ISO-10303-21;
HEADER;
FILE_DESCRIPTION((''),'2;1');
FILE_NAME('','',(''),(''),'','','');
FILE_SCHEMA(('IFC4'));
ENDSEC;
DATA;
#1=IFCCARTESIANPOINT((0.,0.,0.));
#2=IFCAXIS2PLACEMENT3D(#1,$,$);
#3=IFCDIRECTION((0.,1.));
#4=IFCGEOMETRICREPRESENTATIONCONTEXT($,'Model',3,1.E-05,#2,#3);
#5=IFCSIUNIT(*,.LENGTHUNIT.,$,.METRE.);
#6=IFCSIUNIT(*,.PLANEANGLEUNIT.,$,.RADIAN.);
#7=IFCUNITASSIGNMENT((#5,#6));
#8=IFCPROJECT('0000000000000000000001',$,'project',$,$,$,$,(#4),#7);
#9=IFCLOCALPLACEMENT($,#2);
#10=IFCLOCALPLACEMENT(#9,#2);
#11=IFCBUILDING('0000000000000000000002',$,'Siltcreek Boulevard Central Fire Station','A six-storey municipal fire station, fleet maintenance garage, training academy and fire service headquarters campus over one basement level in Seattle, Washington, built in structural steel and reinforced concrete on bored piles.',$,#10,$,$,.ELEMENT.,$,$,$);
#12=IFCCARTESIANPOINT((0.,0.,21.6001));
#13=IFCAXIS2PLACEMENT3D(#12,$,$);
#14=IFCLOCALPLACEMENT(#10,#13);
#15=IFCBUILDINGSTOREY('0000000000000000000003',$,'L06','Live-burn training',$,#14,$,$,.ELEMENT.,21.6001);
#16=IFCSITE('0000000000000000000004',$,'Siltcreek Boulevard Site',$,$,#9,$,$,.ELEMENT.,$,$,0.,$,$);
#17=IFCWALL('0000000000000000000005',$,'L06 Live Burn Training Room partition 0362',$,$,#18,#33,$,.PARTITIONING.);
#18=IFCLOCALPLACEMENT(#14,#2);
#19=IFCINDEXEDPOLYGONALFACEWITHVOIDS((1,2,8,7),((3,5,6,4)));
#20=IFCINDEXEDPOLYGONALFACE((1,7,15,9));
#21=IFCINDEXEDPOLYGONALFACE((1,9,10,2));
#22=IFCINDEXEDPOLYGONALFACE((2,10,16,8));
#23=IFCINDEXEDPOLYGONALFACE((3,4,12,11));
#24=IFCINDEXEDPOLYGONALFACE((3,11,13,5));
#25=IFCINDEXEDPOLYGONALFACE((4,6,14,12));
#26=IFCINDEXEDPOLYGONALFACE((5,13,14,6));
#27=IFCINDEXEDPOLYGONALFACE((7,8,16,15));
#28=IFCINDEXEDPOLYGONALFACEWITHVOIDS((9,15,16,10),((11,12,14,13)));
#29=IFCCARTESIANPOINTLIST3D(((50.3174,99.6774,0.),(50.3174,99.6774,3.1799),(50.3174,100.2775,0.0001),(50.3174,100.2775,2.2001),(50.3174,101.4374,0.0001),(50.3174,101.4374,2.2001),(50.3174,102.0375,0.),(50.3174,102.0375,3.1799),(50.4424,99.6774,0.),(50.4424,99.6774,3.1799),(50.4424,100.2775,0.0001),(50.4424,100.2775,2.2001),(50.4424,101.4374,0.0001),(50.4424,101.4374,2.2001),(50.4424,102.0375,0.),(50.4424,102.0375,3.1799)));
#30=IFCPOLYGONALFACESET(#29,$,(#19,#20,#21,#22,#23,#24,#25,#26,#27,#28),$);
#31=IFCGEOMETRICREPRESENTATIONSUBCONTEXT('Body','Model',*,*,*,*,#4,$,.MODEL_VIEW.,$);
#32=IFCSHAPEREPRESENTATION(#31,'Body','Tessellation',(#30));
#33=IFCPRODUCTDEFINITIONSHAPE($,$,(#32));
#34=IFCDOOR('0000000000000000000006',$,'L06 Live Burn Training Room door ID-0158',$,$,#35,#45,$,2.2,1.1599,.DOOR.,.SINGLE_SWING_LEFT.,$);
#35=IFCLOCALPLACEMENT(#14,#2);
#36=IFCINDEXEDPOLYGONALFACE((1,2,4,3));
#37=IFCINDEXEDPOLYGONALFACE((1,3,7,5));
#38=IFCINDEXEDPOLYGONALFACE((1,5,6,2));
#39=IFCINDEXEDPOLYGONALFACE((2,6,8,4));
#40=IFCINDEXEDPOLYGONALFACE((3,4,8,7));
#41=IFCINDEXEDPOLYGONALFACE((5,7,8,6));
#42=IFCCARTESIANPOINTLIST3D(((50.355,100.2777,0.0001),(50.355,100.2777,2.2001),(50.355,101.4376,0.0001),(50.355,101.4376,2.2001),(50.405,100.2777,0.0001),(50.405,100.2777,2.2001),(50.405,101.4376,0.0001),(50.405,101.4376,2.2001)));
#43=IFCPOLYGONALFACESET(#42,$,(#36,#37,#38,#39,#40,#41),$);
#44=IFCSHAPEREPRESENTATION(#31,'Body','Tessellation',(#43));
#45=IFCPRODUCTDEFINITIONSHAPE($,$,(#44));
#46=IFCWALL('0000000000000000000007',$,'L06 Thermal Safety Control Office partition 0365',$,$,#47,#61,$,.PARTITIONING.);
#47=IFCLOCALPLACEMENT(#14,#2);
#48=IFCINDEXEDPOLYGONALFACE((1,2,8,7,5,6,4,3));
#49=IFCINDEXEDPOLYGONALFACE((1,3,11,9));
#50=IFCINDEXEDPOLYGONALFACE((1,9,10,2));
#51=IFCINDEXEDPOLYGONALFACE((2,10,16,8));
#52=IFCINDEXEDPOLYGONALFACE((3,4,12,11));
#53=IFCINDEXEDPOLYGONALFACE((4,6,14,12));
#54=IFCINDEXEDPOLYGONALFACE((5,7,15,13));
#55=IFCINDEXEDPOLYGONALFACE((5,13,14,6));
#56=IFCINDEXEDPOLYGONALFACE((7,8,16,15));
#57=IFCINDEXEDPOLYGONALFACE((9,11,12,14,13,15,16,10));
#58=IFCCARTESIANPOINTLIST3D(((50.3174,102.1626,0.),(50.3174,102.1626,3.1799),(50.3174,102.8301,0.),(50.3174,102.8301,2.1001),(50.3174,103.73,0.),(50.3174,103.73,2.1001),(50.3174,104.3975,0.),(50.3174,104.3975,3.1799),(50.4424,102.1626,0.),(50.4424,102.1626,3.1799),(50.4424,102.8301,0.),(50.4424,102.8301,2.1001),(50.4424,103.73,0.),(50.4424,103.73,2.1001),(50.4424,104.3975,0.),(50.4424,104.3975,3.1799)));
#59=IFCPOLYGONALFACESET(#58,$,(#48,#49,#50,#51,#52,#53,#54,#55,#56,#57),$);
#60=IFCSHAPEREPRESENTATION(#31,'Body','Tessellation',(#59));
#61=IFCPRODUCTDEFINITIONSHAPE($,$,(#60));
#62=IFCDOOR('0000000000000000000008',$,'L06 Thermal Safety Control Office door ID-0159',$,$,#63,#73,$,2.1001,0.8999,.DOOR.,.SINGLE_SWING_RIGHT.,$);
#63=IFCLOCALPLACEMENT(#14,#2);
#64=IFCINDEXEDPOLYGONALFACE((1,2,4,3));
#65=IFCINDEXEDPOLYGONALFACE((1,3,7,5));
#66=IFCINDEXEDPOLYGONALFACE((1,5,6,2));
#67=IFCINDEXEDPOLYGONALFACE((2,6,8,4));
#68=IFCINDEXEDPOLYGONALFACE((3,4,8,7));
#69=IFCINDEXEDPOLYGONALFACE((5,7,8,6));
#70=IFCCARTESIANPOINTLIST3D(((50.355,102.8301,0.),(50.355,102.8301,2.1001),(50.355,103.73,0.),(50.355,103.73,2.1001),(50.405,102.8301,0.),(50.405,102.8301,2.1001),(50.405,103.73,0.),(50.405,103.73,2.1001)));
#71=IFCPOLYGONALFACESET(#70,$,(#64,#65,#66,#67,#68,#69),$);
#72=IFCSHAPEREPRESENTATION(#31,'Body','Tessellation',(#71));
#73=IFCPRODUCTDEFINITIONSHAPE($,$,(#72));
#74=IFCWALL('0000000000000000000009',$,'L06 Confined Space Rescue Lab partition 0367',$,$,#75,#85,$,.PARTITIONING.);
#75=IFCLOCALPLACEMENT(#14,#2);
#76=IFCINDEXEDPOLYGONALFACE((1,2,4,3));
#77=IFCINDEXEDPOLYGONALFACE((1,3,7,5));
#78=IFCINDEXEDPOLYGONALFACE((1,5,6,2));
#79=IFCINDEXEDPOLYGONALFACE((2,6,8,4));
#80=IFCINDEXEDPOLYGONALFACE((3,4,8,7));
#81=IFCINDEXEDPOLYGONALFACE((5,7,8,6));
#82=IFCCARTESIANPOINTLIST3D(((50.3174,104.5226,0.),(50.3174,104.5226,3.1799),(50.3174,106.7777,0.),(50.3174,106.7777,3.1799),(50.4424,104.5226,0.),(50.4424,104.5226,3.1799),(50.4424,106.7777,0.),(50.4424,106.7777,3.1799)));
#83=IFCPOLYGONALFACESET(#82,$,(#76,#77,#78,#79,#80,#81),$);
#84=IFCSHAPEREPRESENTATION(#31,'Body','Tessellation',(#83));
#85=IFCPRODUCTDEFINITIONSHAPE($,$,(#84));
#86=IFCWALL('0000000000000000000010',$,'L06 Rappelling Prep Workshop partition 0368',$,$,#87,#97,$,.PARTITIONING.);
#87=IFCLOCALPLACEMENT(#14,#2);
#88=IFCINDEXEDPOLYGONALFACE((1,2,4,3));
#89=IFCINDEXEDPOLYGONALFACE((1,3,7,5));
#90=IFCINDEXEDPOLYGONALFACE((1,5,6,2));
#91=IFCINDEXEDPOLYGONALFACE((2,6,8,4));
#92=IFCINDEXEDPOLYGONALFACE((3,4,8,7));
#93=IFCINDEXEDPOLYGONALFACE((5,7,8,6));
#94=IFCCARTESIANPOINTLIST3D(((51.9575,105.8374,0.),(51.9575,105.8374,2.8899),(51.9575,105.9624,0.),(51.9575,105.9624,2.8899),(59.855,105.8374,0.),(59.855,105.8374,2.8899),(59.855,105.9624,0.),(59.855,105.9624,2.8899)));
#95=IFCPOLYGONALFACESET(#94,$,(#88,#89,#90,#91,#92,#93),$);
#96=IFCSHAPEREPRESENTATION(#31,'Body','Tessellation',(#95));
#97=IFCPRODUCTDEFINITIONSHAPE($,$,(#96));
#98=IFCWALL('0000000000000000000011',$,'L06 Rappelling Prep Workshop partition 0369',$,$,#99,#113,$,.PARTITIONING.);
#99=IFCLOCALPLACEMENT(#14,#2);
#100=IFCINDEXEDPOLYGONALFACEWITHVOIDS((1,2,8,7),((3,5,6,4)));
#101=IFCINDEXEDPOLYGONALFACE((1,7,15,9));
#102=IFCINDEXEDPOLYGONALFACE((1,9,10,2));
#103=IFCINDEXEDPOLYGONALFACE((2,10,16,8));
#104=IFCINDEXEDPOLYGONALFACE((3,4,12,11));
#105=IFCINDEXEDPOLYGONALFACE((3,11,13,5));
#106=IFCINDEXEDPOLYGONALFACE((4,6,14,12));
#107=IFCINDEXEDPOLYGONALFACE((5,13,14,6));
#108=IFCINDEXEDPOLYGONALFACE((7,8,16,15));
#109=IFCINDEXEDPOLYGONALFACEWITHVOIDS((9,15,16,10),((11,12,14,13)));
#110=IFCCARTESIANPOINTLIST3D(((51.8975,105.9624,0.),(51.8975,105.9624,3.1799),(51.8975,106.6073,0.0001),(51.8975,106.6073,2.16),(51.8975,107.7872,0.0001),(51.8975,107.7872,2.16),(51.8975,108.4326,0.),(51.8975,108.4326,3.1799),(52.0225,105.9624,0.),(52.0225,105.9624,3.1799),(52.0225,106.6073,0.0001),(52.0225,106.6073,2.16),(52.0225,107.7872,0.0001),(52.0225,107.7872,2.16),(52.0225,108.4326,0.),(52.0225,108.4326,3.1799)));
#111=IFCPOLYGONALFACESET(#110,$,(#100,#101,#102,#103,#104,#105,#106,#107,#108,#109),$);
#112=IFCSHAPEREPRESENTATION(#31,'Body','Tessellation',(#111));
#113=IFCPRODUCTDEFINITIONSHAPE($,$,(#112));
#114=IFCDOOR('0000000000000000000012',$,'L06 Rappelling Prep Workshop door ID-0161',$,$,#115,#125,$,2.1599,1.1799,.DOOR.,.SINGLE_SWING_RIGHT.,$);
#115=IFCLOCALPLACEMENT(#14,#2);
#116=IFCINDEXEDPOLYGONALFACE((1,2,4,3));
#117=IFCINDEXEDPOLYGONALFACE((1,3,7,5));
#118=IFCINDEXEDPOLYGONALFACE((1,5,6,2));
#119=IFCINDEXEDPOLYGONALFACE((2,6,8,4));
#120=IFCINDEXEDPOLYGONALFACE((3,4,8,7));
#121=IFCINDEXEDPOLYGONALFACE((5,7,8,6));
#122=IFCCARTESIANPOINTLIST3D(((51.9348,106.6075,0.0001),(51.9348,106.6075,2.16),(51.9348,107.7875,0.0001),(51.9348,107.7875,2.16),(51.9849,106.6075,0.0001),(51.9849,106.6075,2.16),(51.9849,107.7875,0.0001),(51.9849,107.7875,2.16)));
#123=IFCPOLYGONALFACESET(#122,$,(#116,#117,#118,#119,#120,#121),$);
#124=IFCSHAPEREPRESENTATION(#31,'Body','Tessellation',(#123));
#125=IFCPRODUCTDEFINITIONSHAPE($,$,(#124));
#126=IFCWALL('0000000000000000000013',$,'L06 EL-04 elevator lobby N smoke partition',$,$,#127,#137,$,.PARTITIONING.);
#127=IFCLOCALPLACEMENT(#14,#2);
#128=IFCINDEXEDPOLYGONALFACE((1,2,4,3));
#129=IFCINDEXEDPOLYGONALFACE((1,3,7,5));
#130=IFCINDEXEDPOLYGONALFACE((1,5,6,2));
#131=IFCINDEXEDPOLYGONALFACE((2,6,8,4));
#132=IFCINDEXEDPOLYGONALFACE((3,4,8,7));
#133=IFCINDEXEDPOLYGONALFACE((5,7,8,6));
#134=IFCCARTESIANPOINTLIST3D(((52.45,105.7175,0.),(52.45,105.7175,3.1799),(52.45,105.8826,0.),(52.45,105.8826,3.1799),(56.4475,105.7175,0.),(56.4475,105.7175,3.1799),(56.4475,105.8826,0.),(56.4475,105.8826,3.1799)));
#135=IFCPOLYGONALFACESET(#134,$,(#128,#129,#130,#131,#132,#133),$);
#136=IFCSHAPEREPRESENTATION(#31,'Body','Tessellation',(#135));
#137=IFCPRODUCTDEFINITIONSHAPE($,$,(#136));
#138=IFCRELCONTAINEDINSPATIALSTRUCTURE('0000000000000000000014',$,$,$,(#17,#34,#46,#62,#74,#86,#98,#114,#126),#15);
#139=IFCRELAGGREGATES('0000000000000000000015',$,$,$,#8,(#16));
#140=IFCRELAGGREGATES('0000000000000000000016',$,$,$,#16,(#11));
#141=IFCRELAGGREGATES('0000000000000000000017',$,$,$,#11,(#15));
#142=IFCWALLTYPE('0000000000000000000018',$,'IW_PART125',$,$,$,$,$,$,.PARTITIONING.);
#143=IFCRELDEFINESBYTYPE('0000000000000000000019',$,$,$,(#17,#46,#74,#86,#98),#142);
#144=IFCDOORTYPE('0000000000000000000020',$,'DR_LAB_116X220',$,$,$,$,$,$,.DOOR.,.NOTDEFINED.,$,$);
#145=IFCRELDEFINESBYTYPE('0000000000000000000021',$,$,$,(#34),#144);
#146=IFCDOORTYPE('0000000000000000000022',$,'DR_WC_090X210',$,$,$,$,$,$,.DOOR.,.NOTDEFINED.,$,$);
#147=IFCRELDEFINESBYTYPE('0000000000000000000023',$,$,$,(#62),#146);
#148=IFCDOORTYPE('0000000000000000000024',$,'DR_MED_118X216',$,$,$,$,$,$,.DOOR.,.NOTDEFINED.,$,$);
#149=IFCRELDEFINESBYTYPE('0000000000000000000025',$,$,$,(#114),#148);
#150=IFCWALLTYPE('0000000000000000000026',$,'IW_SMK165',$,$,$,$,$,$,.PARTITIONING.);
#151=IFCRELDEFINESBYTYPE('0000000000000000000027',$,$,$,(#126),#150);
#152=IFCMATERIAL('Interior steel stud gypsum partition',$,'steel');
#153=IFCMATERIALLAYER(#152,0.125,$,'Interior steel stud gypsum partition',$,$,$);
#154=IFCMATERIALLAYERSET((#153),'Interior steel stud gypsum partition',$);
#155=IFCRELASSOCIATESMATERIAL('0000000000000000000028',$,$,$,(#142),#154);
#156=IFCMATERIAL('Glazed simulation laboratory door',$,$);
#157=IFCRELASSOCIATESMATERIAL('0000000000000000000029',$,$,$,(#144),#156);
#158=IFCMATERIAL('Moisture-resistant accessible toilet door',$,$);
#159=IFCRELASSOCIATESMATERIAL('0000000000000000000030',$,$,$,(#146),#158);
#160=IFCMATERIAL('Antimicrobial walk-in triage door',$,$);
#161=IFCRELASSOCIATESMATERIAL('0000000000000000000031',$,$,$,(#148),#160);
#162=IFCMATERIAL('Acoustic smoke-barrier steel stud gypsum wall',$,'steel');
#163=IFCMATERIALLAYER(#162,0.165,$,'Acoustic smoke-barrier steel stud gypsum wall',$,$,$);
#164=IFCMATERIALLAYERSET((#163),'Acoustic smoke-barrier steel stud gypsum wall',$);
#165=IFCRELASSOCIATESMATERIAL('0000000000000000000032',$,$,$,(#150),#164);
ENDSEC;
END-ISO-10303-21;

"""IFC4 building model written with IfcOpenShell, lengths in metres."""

from ifc_helpers import new_model, si_unit, direction, frame, frame_2d, origin, place, context, subcontext, project, spatial, rectangle, extrude, material, layer, layer_set, type_object, element, fill, save


model = new_model("IFC4")

# Units and contexts
model_context = context("Model", 3, precision=1e-05, world=origin(), true_north=direction((0.0, 1.0)))
body_context = subcontext(model_context, "Body", "Model", "MODEL_VIEW")
ifc_project = project(units=[si_unit("LENGTHUNIT", "METRE"), si_unit("PLANEANGLEUNIT", "RADIAN")], contexts=[model_context])

# Site, building, storey
site_placement = place(None, origin())
site = spatial("IfcSite", under=ifc_project, at=site_placement, Name="Siltcreek Boulevard Site", CompositionType="ELEMENT", RefElevation=0.0)
building_placement = place(site_placement, origin())
building = spatial("IfcBuilding", under=site, at=building_placement, Name="Siltcreek Boulevard Central Fire Station", Description="A six-storey municipal fire station, fleet maintenance garage, training academy and fire service headquarters campus over one basement level in Seattle, Washington, built in structural steel and reinforced concrete on bored piles.", CompositionType="ELEMENT")
storey_placement = place(building_placement, frame((0.0, 0.0, 21.6001)))
storey = spatial("IfcBuildingStorey", under=building, at=storey_placement, Name="L06", Description="Live-burn training", CompositionType="ELEMENT", Elevation=21.6001)

# Walls, openings, doors
ifc_material_1 = material(Name="Interior steel stud gypsum partition", Category="steel")
ifc_layer_1 = layer(ifc_material_1, 0.125, Name="Interior steel stud gypsum partition")
ifc_layer_set_1 = layer_set([ifc_layer_1], Name="Interior steel stud gypsum partition")
wall_type_1 = type_object("IfcWallType", Name="IW_PART125", PredefinedType="PARTITIONING", material=ifc_layer_set_1)
wall_1_placement = place(storey_placement, frame((50.3799, 102.0376, 0.0), z_axis=(0.0, 0.0, 1.0), x_axis=(0.0, -1.0, 0.0)))
wall_1 = element("IfcWall", 1, at=wall_1_placement, inside=storey, type_object=wall_type_1, Name="L06 Live Burn Training Room partition 0362", PredefinedType="PARTITIONING", context=body_context, shape_type="SweptSolid", body=[
    extrude(rectangle(XDim=2.3601, YDim=0.125, at=frame_2d((1.1802, 0.0))), origin(), (0.0, 0.0, 1.0), 3.1799),
])
opening_1_placement = place(wall_1_placement, frame((0.6001, 0.0, 0.0)))
opening_1 = element("IfcOpeningElement", 2, at=opening_1_placement, cuts=wall_1, PredefinedType="OPENING", context=body_context, shape_type="SweptSolid", body=[
    extrude(rectangle(XDim=1.1599, YDim=2.2, at=frame_2d((0.5801, 1.1001))), frame((0.0, 0.0725, 0.0), z_axis=(0.0, -1.0, 0.0), x_axis=(1.0, 0.0, 0.0)), (0.0, 0.0, 1.0), 0.145),
])
ifc_material_2 = material(Name="Glazed simulation laboratory door")
door_type_1 = type_object("IfcDoorType", Name="DR_LAB_116X220", OperationType="NOTDEFINED", PredefinedType="DOOR", material=ifc_material_2)
door_1_placement = place(opening_1_placement, frame((1.1599, 0.0, 0.0), z_axis=(0.0, 0.0, 1.0), x_axis=(-1.0, 0.0, 0.0)))
door_1 = element("IfcDoor", 3, at=door_1_placement, inside=storey, type_object=door_type_1, Name="L06 Live Burn Training Room door ID-0158", OperationType="SINGLE_SWING_LEFT", OverallHeight=2.2, OverallWidth=1.1599, PredefinedType="DOOR", context=body_context, shape_type="SweptSolid", body=[
    extrude(rectangle(XDim=1.1599, YDim=2.2, at=frame_2d((0.5801, 1.1001))), frame((0.0, 0.0249, 0.0), z_axis=(0.0, -1.0, 0.0), x_axis=(1.0, 0.0, 0.0)), (0.0, 0.0, 1.0), 0.05),
])
fill(opening_1, door_1)
wall_2_placement = place(storey_placement, frame((50.3799, 104.3975, 0.0), z_axis=(0.0, 0.0, 1.0), x_axis=(0.0, -1.0, 0.0)))
wall_2 = element("IfcWall", 4, at=wall_2_placement, inside=storey, type_object=wall_type_1, Name="L06 Thermal Safety Control Office partition 0365", PredefinedType="PARTITIONING", context=body_context, shape_type="SweptSolid", body=[
    extrude(rectangle(XDim=2.2349, YDim=0.125, at=frame_2d((1.1174, 0.0))), origin(), (0.0, 0.0, 1.0), 3.1799),
])
opening_2_placement = place(wall_2_placement, frame((0.6675, 0.0, 0.0)))
opening_2 = element("IfcOpeningElement", 5, at=opening_2_placement, cuts=wall_2, PredefinedType="OPENING", context=body_context, shape_type="SweptSolid", body=[
    extrude(rectangle(XDim=0.8999, YDim=2.1001, at=frame_2d((0.45, 1.05))), frame((0.0, 0.0725, 0.0), z_axis=(0.0, -1.0, 0.0), x_axis=(1.0, 0.0, 0.0)), (0.0, 0.0, 1.0), 0.145),
])
ifc_material_3 = material(Name="Moisture-resistant accessible toilet door")
door_type_2 = type_object("IfcDoorType", Name="DR_WC_090X210", OperationType="NOTDEFINED", PredefinedType="DOOR", material=ifc_material_3)
door_2_placement = place(opening_2_placement, frame((0.8999, 0.0, 0.0), z_axis=(0.0, 0.0, 1.0), x_axis=(-1.0, 0.0, 0.0)))
door_2 = element("IfcDoor", 6, at=door_2_placement, inside=storey, type_object=door_type_2, Name="L06 Thermal Safety Control Office door ID-0159", OperationType="SINGLE_SWING_RIGHT", OverallHeight=2.1001, OverallWidth=0.8999, PredefinedType="DOOR", context=body_context, shape_type="SweptSolid", body=[
    extrude(rectangle(XDim=0.8999, YDim=2.1001, at=frame_2d((0.45, 1.05))), frame((0.0, 0.0249, 0.0), z_axis=(0.0, -1.0, 0.0), x_axis=(1.0, 0.0, 0.0)), (0.0, 0.0, 1.0), 0.05),
])
fill(opening_2, door_2)

# Walls
wall_3_placement = place(storey_placement, frame((50.3799, 106.7776, 0.0), z_axis=(0.0, 0.0, 1.0), x_axis=(0.0, -1.0, 0.0)))
element("IfcWall", 7, at=wall_3_placement, inside=storey, type_object=wall_type_1, Name="L06 Confined Space Rescue Lab partition 0367", PredefinedType="PARTITIONING", context=body_context, shape_type="SweptSolid", body=[
    extrude(rectangle(XDim=2.2551, YDim=0.125, at=frame_2d((1.1274, 0.0))), origin(), (0.0, 0.0, 1.0), 3.1799),
])
wall_4_placement = place(storey_placement, frame((59.855, 105.8999, 0.0), z_axis=(0.0, 0.0, 1.0), x_axis=(-1.0, 0.0, 0.0)))
element("IfcWall", 8, at=wall_4_placement, inside=storey, type_object=wall_type_1, Name="L06 Rappelling Prep Workshop partition 0368", PredefinedType="PARTITIONING", context=body_context, shape_type="SweptSolid", body=[
    extrude(rectangle(XDim=7.8975, YDim=0.125, at=frame_2d((3.9487, 0.0))), origin(), (0.0, 0.0, 1.0), 2.8899),
])

# Wall, opening, door
wall_5_placement = place(storey_placement, frame((51.96, 105.9624, 0.0), z_axis=(0.0, 0.0, 1.0), x_axis=(0.0, 1.0, 0.0)))
wall_5 = element("IfcWall", 9, at=wall_5_placement, inside=storey, type_object=wall_type_1, Name="L06 Rappelling Prep Workshop partition 0369", PredefinedType="PARTITIONING", context=body_context, shape_type="SweptSolid", body=[
    extrude(rectangle(XDim=2.4702, YDim=0.125, at=frame_2d((1.2351, 0.0))), origin(), (0.0, 0.0, 1.0), 3.1799),
])
opening_3_placement = place(wall_5_placement, frame((0.645, 0.0, 0.0)))
opening_3 = element("IfcOpeningElement", 10, at=opening_3_placement, cuts=wall_5, PredefinedType="OPENING", context=body_context, shape_type="SweptSolid", body=[
    extrude(rectangle(XDim=1.1799, YDim=2.1599, at=frame_2d((0.5898, 1.0801))), frame((0.0, 0.0725, 0.0), z_axis=(0.0, -1.0, 0.0), x_axis=(1.0, 0.0, 0.0)), (0.0, 0.0, 1.0), 0.145),
])
ifc_material_4 = material(Name="Antimicrobial walk-in triage door")
door_type_3 = type_object("IfcDoorType", Name="DR_MED_118X216", OperationType="NOTDEFINED", PredefinedType="DOOR", material=ifc_material_4)
door_3_placement = place(opening_3_placement, frame((1.1799, 0.0, 0.0), z_axis=(0.0, 0.0, 1.0), x_axis=(-1.0, 0.0, 0.0)))
door_3 = element("IfcDoor", 11, at=door_3_placement, inside=storey, type_object=door_type_3, Name="L06 Rappelling Prep Workshop door ID-0161", OperationType="SINGLE_SWING_RIGHT", OverallHeight=2.1599, OverallWidth=1.1799, PredefinedType="DOOR", context=body_context, shape_type="SweptSolid", body=[
    extrude(rectangle(XDim=1.1799, YDim=2.1599, at=frame_2d((0.5898, 1.0801))), frame((0.0, 0.0249, 0.0), z_axis=(0.0, -1.0, 0.0), x_axis=(1.0, 0.0, 0.0)), (0.0, 0.0, 1.0), 0.05),
])
fill(opening_3, door_3)

# Wall
ifc_material_5 = material(Name="Acoustic smoke-barrier steel stud gypsum wall", Category="steel")
ifc_layer_2 = layer(ifc_material_5, 0.165, Name="Acoustic smoke-barrier steel stud gypsum wall")
ifc_layer_set_2 = layer_set([ifc_layer_2], Name="Acoustic smoke-barrier steel stud gypsum wall")
wall_type_2 = type_object("IfcWallType", Name="IW_SMK165", PredefinedType="PARTITIONING", material=ifc_layer_set_2)
wall_6_placement = place(storey_placement, frame((56.4475, 105.8, 0.0), z_axis=(0.0, 0.0, 1.0), x_axis=(-1.0, 0.0, 0.0)))
element("IfcWall", 12, at=wall_6_placement, inside=storey, type_object=wall_type_2, Name="L06 EL-04 elevator lobby N smoke partition", PredefinedType="PARTITIONING", context=body_context, shape_type="SweptSolid", body=[
    extrude(rectangle(XDim=3.9976, YDim=0.165, at=frame_2d((1.9988, 0.0))), origin(), (0.0, 0.0, 1.0), 3.1799),
])

save(model, "model.ifc")
